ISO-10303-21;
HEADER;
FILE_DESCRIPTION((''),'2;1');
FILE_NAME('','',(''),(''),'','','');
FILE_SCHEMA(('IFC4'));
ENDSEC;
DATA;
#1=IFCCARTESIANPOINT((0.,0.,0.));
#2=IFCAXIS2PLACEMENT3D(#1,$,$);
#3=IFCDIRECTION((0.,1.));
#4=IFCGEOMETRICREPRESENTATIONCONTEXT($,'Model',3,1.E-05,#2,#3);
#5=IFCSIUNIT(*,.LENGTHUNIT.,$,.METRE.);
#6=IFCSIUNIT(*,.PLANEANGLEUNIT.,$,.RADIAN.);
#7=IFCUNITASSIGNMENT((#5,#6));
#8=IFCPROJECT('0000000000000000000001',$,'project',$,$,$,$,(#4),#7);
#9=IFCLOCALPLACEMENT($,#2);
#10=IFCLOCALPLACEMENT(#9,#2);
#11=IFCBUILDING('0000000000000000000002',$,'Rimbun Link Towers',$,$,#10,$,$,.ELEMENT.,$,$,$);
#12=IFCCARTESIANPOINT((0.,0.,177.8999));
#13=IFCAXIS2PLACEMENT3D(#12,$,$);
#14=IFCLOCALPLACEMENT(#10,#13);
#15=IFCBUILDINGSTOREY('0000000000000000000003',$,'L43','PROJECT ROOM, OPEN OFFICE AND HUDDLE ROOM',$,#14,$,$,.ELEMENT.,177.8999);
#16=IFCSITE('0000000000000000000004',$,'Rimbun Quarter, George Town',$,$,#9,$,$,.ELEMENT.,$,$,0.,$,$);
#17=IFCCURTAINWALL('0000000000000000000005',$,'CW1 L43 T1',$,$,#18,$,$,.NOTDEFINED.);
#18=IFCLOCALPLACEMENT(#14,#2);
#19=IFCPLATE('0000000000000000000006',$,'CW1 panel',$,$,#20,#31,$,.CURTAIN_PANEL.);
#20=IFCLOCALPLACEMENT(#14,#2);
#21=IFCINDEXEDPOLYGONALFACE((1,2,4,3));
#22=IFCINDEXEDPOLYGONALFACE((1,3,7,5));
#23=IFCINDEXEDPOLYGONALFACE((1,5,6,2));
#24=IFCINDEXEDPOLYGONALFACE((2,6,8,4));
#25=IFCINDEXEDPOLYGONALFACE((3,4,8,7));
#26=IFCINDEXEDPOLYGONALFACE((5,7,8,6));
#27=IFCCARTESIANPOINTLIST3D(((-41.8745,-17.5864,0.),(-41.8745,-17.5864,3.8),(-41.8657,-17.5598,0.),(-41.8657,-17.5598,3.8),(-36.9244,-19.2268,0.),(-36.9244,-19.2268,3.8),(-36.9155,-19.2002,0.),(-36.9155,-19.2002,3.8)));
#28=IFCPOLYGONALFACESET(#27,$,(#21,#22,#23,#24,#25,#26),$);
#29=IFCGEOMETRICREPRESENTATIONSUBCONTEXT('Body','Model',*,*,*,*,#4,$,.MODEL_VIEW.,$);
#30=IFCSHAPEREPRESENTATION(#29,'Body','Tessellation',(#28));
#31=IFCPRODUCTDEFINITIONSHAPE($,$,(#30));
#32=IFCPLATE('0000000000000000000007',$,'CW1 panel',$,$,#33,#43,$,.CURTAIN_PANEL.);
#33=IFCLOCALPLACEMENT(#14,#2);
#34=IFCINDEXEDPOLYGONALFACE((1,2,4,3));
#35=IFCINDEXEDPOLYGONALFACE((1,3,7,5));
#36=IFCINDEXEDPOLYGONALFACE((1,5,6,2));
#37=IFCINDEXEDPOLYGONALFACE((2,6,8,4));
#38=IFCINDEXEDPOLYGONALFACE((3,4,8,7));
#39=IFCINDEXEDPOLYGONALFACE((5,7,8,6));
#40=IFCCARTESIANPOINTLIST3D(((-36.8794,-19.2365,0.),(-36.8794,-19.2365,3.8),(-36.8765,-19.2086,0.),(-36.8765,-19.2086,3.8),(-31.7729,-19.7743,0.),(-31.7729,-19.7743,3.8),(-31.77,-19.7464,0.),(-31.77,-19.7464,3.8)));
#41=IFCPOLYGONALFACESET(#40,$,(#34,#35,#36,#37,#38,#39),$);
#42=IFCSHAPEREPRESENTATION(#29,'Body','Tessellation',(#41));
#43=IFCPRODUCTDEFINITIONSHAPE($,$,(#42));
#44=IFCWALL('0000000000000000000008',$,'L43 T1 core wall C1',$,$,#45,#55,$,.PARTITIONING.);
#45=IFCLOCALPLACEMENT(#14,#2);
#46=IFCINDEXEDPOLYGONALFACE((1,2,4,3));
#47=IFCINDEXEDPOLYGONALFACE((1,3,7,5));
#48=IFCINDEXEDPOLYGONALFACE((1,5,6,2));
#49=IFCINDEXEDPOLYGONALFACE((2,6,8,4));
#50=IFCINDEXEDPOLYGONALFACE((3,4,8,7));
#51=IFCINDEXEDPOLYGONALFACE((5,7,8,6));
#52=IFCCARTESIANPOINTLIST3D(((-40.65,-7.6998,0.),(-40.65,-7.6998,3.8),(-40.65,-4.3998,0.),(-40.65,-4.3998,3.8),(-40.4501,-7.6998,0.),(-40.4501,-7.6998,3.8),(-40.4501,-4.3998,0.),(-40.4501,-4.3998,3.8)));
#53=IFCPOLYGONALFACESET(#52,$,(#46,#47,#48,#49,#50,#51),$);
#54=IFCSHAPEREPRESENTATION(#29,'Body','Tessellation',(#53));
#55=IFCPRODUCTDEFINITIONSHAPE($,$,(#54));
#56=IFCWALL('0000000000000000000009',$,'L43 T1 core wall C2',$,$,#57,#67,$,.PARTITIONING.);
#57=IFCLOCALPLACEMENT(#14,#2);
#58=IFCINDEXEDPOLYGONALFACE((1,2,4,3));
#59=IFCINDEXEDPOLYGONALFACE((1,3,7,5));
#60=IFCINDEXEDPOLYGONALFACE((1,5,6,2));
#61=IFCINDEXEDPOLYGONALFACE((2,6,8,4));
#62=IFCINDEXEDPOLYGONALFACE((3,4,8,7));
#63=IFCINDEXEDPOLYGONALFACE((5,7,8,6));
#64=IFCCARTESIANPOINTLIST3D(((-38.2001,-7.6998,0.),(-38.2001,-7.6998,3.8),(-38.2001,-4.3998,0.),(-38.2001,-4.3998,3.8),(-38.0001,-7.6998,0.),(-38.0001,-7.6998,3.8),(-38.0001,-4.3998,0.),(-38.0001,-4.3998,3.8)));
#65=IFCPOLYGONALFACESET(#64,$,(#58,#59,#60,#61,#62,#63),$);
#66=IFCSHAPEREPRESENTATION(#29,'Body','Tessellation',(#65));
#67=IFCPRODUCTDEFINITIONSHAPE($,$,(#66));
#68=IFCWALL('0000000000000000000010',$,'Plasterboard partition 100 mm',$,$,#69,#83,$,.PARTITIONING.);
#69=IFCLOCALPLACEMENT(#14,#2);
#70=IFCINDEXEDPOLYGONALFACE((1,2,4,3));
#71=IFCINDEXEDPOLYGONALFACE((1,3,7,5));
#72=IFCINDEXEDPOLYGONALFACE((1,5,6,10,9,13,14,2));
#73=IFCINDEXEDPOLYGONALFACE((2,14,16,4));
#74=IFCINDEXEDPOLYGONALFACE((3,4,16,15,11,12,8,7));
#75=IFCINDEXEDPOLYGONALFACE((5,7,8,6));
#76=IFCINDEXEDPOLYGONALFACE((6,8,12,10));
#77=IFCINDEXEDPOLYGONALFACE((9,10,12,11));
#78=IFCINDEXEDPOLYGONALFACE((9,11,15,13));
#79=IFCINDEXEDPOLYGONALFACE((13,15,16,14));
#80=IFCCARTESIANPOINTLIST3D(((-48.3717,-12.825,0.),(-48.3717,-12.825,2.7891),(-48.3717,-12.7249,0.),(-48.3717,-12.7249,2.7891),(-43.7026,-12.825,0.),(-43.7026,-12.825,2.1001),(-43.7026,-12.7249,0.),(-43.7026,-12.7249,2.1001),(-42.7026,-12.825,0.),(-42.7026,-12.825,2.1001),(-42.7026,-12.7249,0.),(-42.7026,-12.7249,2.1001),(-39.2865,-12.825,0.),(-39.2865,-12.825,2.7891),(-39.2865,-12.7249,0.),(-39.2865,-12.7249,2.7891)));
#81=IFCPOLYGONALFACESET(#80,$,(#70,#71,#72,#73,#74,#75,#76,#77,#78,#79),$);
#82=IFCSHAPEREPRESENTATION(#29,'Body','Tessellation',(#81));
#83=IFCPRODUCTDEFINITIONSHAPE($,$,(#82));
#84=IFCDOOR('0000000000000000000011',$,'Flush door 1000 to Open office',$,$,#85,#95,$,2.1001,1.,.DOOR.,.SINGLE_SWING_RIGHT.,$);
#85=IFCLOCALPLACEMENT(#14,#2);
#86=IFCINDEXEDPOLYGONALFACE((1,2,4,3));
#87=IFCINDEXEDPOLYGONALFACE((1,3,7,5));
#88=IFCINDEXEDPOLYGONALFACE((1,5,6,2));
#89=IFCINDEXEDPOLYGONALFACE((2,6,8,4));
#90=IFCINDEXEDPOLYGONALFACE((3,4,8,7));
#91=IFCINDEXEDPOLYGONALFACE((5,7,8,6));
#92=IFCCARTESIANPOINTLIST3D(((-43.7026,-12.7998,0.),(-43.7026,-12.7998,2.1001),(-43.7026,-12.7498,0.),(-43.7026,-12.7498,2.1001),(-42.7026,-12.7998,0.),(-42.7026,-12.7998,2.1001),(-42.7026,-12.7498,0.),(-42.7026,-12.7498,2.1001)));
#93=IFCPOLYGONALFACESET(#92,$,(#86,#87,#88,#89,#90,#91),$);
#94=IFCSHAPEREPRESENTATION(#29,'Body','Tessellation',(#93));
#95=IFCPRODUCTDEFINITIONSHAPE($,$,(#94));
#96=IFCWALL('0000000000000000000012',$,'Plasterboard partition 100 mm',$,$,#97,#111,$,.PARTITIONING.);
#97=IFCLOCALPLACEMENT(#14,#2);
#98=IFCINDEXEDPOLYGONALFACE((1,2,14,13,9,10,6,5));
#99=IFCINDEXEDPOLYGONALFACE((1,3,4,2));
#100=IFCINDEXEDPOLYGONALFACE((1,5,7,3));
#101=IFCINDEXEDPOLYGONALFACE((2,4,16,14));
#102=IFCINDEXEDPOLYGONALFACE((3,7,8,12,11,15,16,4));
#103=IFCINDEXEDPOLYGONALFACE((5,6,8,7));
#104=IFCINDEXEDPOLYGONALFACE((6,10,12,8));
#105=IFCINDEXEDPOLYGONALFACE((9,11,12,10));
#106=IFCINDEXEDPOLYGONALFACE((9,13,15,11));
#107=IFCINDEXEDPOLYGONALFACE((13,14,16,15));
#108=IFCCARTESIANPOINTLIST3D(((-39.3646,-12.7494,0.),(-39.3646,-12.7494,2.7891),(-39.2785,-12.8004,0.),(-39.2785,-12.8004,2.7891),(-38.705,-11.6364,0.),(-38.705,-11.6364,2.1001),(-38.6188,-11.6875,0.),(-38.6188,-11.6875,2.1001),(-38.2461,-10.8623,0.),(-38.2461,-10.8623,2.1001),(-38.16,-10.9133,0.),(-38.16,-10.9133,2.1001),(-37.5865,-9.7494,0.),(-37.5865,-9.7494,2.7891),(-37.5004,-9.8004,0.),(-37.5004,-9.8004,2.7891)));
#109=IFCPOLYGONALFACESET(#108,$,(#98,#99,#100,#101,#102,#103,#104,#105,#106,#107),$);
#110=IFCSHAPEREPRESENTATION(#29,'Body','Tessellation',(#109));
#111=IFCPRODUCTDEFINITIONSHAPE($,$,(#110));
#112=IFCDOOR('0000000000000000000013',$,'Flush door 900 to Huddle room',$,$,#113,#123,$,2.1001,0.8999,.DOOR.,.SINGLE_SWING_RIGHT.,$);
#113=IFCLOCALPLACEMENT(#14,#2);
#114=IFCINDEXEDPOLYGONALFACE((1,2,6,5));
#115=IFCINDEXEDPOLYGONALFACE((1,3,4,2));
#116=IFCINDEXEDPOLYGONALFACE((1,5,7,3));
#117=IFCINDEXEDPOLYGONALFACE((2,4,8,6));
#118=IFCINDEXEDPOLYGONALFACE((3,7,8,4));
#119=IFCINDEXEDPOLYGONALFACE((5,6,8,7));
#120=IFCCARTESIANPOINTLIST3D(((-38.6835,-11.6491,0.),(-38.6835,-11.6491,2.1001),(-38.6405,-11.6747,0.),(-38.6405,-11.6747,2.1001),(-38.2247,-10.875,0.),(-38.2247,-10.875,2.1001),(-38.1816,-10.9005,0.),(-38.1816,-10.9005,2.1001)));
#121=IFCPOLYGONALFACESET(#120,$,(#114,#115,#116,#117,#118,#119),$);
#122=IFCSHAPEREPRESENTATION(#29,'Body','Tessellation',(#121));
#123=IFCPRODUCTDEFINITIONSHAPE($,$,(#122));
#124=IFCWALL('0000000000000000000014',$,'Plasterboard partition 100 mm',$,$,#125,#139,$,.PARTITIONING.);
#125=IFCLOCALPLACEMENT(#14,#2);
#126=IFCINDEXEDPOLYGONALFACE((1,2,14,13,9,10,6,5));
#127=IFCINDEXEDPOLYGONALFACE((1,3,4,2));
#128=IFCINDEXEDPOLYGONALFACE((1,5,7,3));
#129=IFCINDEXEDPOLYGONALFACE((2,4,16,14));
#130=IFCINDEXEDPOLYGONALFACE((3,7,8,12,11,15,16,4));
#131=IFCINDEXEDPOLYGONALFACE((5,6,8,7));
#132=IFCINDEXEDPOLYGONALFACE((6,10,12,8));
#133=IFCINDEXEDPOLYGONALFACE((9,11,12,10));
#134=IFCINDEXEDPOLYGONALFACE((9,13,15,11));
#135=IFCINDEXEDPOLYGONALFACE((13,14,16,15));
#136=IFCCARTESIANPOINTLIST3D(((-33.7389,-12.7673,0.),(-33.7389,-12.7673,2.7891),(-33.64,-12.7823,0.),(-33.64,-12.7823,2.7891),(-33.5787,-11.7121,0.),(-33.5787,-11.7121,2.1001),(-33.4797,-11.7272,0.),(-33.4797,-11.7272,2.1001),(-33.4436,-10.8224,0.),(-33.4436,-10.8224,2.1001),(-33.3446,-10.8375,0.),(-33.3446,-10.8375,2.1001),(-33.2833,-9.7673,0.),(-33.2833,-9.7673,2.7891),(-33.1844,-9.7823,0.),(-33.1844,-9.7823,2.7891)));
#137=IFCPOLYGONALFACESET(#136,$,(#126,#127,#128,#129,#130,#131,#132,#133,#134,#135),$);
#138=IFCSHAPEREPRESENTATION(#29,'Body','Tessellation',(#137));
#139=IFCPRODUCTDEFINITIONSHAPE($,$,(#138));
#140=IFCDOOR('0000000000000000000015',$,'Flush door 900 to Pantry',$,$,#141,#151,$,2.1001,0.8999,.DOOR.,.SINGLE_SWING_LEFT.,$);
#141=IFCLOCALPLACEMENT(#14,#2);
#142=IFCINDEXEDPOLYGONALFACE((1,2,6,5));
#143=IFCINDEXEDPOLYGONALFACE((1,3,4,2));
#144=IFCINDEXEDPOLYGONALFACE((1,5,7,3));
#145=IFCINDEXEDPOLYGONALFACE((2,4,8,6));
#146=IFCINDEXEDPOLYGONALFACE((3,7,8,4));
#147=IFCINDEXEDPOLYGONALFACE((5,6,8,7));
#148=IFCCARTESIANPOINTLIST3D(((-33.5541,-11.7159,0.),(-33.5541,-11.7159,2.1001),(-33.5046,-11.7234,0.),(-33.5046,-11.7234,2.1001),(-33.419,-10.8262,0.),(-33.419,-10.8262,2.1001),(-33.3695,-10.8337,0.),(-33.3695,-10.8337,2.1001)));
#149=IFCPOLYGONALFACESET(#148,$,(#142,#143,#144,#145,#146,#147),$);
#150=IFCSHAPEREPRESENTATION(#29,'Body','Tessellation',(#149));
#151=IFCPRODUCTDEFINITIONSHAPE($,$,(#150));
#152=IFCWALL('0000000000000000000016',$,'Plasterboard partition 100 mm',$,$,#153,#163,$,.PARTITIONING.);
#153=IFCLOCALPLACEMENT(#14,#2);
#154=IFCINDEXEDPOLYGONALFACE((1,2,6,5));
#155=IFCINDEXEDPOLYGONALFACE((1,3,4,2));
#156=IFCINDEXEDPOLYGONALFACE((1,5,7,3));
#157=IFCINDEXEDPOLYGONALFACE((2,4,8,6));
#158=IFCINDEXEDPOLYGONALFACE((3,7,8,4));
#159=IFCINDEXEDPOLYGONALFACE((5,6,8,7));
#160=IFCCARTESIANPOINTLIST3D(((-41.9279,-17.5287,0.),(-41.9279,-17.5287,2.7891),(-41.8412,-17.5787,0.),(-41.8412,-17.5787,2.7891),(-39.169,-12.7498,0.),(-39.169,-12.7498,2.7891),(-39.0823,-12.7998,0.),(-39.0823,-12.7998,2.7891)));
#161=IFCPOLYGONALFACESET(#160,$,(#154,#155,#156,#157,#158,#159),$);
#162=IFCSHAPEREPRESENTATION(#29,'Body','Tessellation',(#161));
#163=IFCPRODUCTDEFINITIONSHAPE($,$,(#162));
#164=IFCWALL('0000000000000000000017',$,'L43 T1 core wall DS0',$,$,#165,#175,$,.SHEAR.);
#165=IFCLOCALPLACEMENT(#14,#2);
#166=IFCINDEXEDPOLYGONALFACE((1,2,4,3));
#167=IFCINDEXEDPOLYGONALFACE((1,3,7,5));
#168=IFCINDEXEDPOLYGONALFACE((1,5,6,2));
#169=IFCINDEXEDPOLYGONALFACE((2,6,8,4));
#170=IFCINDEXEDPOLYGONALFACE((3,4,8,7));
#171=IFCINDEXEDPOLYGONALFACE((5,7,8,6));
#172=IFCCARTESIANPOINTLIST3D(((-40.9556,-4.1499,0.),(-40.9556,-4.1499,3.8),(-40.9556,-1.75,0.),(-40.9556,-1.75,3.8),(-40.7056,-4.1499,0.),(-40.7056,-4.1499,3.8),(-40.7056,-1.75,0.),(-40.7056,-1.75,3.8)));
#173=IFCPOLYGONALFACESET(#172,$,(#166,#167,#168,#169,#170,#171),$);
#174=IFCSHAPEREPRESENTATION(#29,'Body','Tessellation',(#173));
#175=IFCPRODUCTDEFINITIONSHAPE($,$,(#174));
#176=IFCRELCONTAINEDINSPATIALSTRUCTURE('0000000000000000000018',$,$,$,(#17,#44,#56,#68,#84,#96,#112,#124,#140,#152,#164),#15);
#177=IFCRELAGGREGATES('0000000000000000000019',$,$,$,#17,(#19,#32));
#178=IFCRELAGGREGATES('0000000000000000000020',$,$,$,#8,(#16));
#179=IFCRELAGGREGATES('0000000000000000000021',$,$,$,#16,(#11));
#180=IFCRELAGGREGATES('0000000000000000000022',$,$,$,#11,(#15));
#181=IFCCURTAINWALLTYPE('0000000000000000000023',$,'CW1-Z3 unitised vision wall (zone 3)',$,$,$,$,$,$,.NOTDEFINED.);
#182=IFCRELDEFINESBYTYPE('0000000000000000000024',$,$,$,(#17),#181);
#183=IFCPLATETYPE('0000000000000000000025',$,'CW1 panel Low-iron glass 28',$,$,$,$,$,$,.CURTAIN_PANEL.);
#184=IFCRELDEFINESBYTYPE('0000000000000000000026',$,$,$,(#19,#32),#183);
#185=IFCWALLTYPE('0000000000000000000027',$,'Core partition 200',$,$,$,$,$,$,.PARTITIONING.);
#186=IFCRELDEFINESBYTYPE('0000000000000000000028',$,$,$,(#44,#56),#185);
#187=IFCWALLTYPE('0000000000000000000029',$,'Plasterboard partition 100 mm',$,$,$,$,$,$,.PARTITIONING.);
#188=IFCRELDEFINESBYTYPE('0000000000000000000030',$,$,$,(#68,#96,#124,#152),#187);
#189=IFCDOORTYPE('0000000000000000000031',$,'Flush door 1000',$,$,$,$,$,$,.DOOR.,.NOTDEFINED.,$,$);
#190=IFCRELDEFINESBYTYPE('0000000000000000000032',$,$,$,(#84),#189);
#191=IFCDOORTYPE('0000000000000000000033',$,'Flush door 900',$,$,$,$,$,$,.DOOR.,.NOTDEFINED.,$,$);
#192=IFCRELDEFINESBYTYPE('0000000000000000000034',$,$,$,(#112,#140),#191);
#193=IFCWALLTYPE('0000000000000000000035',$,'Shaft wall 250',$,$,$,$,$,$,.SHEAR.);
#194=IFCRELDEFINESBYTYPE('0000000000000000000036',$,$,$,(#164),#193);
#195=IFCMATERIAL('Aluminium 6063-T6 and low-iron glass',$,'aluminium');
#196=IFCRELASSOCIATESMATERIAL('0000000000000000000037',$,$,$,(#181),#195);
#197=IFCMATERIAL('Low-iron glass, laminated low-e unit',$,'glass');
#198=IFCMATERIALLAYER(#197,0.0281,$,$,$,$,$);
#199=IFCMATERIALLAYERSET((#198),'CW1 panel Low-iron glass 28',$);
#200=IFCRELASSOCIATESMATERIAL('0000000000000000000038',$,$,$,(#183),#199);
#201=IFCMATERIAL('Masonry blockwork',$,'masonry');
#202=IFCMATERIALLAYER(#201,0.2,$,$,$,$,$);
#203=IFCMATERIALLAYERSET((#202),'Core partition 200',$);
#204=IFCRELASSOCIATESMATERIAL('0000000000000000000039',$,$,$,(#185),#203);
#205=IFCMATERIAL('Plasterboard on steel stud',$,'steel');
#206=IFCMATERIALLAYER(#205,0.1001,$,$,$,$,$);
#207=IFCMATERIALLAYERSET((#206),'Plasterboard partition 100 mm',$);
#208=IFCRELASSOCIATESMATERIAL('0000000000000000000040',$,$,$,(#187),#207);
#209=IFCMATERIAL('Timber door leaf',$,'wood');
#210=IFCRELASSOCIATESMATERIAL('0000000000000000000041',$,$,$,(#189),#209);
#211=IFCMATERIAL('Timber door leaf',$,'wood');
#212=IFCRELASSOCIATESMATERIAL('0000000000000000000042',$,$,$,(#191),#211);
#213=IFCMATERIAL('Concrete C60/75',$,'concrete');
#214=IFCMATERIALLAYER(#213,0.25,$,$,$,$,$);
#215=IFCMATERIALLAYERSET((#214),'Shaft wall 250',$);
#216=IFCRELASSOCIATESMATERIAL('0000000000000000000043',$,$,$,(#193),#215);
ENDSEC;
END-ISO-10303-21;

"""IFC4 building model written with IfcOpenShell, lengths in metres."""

from ifc_helpers import new_model, si_unit, direction, frame, frame_2d, origin, origin_2d, place, context, subcontext, project, spatial, rectangle, extrude, material, layer, layer_set, type_object, element, fill, aggregate, save


model = new_model("IFC4")

# Units and contexts
model_context = context("Model", 3, precision=1e-05, world=origin(), true_north=direction((0.0, 1.0)))
body_context = subcontext(model_context, "Body", "Model", "MODEL_VIEW")
ifc_project = project(units=[si_unit("LENGTHUNIT", "METRE"), si_unit("PLANEANGLEUNIT", "RADIAN")], contexts=[model_context])

# Site, building, storey
site_placement = place(None, origin())
site = spatial("IfcSite", under=ifc_project, at=site_placement, Name="Rimbun Quarter, George Town", CompositionType="ELEMENT", RefElevation=0.0)
building_placement = place(site_placement, origin())
building = spatial("IfcBuilding", under=site, at=building_placement, Name="Rimbun Link Towers", CompositionType="ELEMENT")
storey_placement = place(building_placement, frame((0.0, 0.0, 177.8999)))
storey = spatial("IfcBuildingStorey", under=building, at=storey_placement, Name="L43", Description="PROJECT ROOM, OPEN OFFICE AND HUDDLE ROOM", CompositionType="ELEMENT", Elevation=177.8999)

# Curtain wall
ifc_material_1 = material(Name="Aluminium 6063-T6 and low-iron glass", Category="aluminium")
curtain_wall_type = type_object("IfcCurtainWallType", Name="CW1-Z3 unitised vision wall (zone 3)", PredefinedType="NOTDEFINED", material=ifc_material_1)
curtain_wall_placement = place(storey_placement, origin())
curtain_wall = element("IfcCurtainWall", 1, at=curtain_wall_placement, inside=storey, type_object=curtain_wall_type, Name="CW1 L43 T1", PredefinedType="NOTDEFINED")

# Plates
ifc_material_2 = material(Name="Low-iron glass, laminated low-e unit", Category="glass")
ifc_layer_1 = layer(ifc_material_2, 0.0281)
ifc_layer_set_1 = layer_set([ifc_layer_1], Name="CW1 panel Low-iron glass 28")
plate_type = type_object("IfcPlateType", Name="CW1 panel Low-iron glass 28", PredefinedType="CURTAIN_PANEL", material=ifc_layer_set_1)
plate_1_placement = place(storey_placement, frame((-39.395, -18.3933, 0.0), z_axis=(0.0, 0.0, 1.0), x_axis=(-0.949237, 0.31456, 0.0)))
plate_1 = element("IfcPlate", 2, at=plate_1_placement, type_object=plate_type, Name="CW1 panel", PredefinedType="CURTAIN_PANEL", context=body_context, shape_type="SweptSolid", body=[
    extrude(rectangle(XDim=5.2148, YDim=0.0281, at=origin_2d()), origin(), (0.0, 0.0, 1.0), 3.8),
])
plate_2_placement = place(storey_placement, frame((-34.3247, -19.4915, 0.0), z_axis=(0.0, 0.0, 1.0), x_axis=(-0.9945, 0.104737, 0.0)))
plate_2 = element("IfcPlate", 3, at=plate_2_placement, type_object=plate_type, Name="CW1 panel", PredefinedType="CURTAIN_PANEL", context=body_context, shape_type="SweptSolid", body=[
    extrude(rectangle(XDim=5.1348, YDim=0.0281, at=origin_2d()), origin(), (0.0, 0.0, 1.0), 3.8),
])
aggregate(curtain_wall, [plate_1, plate_2])

# Walls
ifc_material_3 = material(Name="Masonry blockwork", Category="masonry")
ifc_layer_2 = layer(ifc_material_3, 0.2)
ifc_layer_set_2 = layer_set([ifc_layer_2], Name="Core partition 200")
wall_type_1 = type_object("IfcWallType", Name="Core partition 200", PredefinedType="PARTITIONING", material=ifc_layer_set_2)
for number, where, z_axis, x_axis, name in (
    (4, (-40.55, -4.3999, 0.0), (0.0, 0.0, 1.0), (0.0, -1.0, 0.0), "L43 T1 core wall C1"),
    (5, (-38.1001, -4.3999, 0.0), (0.0, 0.0, 1.0), (0.0, -1.0, 0.0), "L43 T1 core wall C2"),
):
    element("IfcWall", number, at=place(storey_placement, frame(where, z_axis=z_axis, x_axis=x_axis)), inside=storey, type_object=wall_type_1, Name=name, PredefinedType="PARTITIONING", context=body_context, shape_type="SweptSolid", body=[
        extrude(rectangle(XDim=3.3, YDim=0.2, at=frame_2d((1.6499, 0.0))), origin(), (0.0, 0.0, 1.0), 3.8),
    ])

# Walls, openings, doors
ifc_material_4 = material(Name="Plasterboard on steel stud", Category="steel")
ifc_layer_3 = layer(ifc_material_4, 0.1001)
ifc_layer_set_3 = layer_set([ifc_layer_3], Name="Plasterboard partition 100 mm")
wall_type_2 = type_object("IfcWallType", Name="Plasterboard partition 100 mm", PredefinedType="PARTITIONING", material=ifc_layer_set_3)
wall_1_placement = place(storey_placement, frame((-39.2866, -12.7749, 0.0), z_axis=(0.0, 0.0, 1.0), x_axis=(-1.0, 0.0, 0.0)))
wall_1 = element("IfcWall", 6, at=wall_1_placement, inside=storey, type_object=wall_type_2, Name="Plasterboard partition 100 mm", PredefinedType="PARTITIONING", context=body_context, shape_type="SweptSolid", body=[
    extrude(rectangle(XDim=9.0852, YDim=0.1001, at=frame_2d((4.5425, 0.0))), origin(), (0.0, 0.0, 1.0), 2.7891),
])
opening_1_placement = place(wall_1_placement, frame((3.416, 0.0, 0.0)))
opening_1 = element("IfcOpeningElement", 7, at=opening_1_placement, cuts=wall_1, PredefinedType="OPENING", context=body_context, shape_type="SweptSolid", body=[
    extrude(rectangle(XDim=1.0, YDim=2.1001, at=frame_2d((0.5, 1.05))), frame((0.0, 0.0601, 0.0), z_axis=(0.0, -1.0, 0.0), x_axis=(1.0, 0.0, 0.0)), (0.0, 0.0, 1.0), 0.1201),
])
ifc_material_5 = material(Name="Timber door leaf", Category="wood")
door_type_1 = type_object("IfcDoorType", Name="Flush door 1000", OperationType="NOTDEFINED", PredefinedType="DOOR", material=ifc_material_5)
door_1_placement = place(opening_1_placement, origin())
door_1 = element("IfcDoor", 8, at=door_1_placement, inside=storey, type_object=door_type_1, Name="Flush door 1000 to Open office", OperationType="SINGLE_SWING_RIGHT", OverallHeight=2.1001, OverallWidth=1.0, PredefinedType="DOOR", context=body_context, shape_type="SweptSolid", body=[
    extrude(rectangle(XDim=1.0, YDim=2.1001, at=frame_2d((0.5, 1.05))), frame((0.0, 0.0249, 0.0), z_axis=(0.0, -1.0, 0.0), x_axis=(1.0, 0.0, 0.0)), (0.0, 0.0, 1.0), 0.05),
])
fill(opening_1, door_1)
wall_2_placement = place(storey_placement, frame((-37.5435, -9.7749, 0.0), z_axis=(0.0, 0.0, 1.0), x_axis=(-0.509866, -0.860254, 0.0)))
wall_2 = element("IfcWall", 9, at=wall_2_placement, inside=storey, type_object=wall_type_2, Name="Plasterboard partition 100 mm", PredefinedType="PARTITIONING", context=body_context, shape_type="SweptSolid", body=[
    extrude(rectangle(XDim=3.4873, YDim=0.1001, at=frame_2d((1.7437, 0.0))), origin(), (0.0, 0.0, 1.0), 2.7891),
])
opening_2_placement = place(wall_2_placement, frame((1.2937, 0.0, 0.0)))
opening_2 = element("IfcOpeningElement", 10, at=opening_2_placement, cuts=wall_2, PredefinedType="OPENING", context=body_context, shape_type="SweptSolid", body=[
    extrude(rectangle(XDim=0.8999, YDim=2.1001, at=frame_2d((0.45, 1.05))), frame((0.0, 0.0601, 0.0), z_axis=(0.0, -1.0, 0.0), x_axis=(1.0, 0.0, 0.0)), (0.0, 0.0, 1.0), 0.1201),
])
ifc_material_6 = material(Name="Timber door leaf", Category="wood")
door_type_2 = type_object("IfcDoorType", Name="Flush door 900", OperationType="NOTDEFINED", PredefinedType="DOOR", material=ifc_material_6)
door_2_placement = place(opening_2_placement, origin())
door_2 = element("IfcDoor", 11, at=door_2_placement, inside=storey, type_object=door_type_2, Name="Flush door 900 to Huddle room", OperationType="SINGLE_SWING_RIGHT", OverallHeight=2.1001, OverallWidth=0.8999, PredefinedType="DOOR", context=body_context, shape_type="SweptSolid", body=[
    extrude(rectangle(XDim=0.8999, YDim=2.1001, at=frame_2d((0.45, 1.05))), frame((0.0, 0.0249, 0.0), z_axis=(0.0, -1.0, 0.0), x_axis=(1.0, 0.0, 0.0)), (0.0, 0.0, 1.0), 0.05),
])
fill(opening_2, door_2)
wall_3_placement = place(storey_placement, frame((-33.2339, -9.7749, 0.0), z_axis=(0.0, 0.0, 1.0), x_axis=(-0.150134, -0.988666, 0.0)))
wall_3 = element("IfcWall", 12, at=wall_3_placement, inside=storey, type_object=wall_type_2, Name="Plasterboard partition 100 mm", PredefinedType="PARTITIONING", context=body_context, shape_type="SweptSolid", body=[
    extrude(rectangle(XDim=3.0344, YDim=0.1001, at=frame_2d((1.5171, 0.0))), origin(), (0.0, 0.0, 1.0), 2.7891),
])
opening_3_placement = place(wall_3_placement, frame((1.0671, 0.0, 0.0)))
opening_3 = element("IfcOpeningElement", 13, at=opening_3_placement, cuts=wall_3, PredefinedType="OPENING", context=body_context, shape_type="SweptSolid", body=[
    extrude(rectangle(XDim=0.8999, YDim=2.1001, at=frame_2d((0.45, 1.05))), frame((0.0, 0.0601, 0.0), z_axis=(0.0, -1.0, 0.0), x_axis=(1.0, 0.0, 0.0)), (0.0, 0.0, 1.0), 0.1201),
])
door_3_placement = place(opening_3_placement, origin())
door_3 = element("IfcDoor", 14, at=door_3_placement, inside=storey, type_object=door_type_2, Name="Flush door 900 to Pantry", OperationType="SINGLE_SWING_LEFT", OverallHeight=2.1001, OverallWidth=0.8999, PredefinedType="DOOR", context=body_context, shape_type="SweptSolid", body=[
    extrude(rectangle(XDim=0.8999, YDim=2.1001, at=frame_2d((0.45, 1.05))), frame((0.0, 0.0249, 0.0), z_axis=(0.0, -1.0, 0.0), x_axis=(1.0, 0.0, 0.0)), (0.0, 0.0, 1.0), 0.05),
])
fill(opening_3, door_3)

# Walls
wall_4_placement = place(storey_placement, frame((-41.8845, -17.5537, 0.0), z_axis=(0.0, 0.0, 1.0), x_axis=(0.499965, 0.866046, 0.0)))
element("IfcWall", 15, at=wall_4_placement, inside=storey, type_object=wall_type_2, Name="Plasterboard partition 100 mm", PredefinedType="PARTITIONING", context=body_context, shape_type="SweptSolid", body=[
    extrude(rectangle(XDim=5.5181, YDim=0.1001, at=frame_2d((2.759, 0.0))), origin(), (0.0, 0.0, 1.0), 2.7891),
])
ifc_material_7 = material(Name="Concrete C60/75", Category="concrete")
ifc_layer_4 = layer(ifc_material_7, 0.25)
ifc_layer_set_4 = layer_set([ifc_layer_4], Name="Shaft wall 250")
wall_type_3 = type_object("IfcWallType", Name="Shaft wall 250", PredefinedType="SHEAR", material=ifc_layer_set_4)
for number, where, z_axis, x_axis, name in (
    (16, (-40.8306, -4.1499, 0.0), (0.0, 0.0, 1.0), (0.0, 1.0, 0.0), "L43 T1 core wall DS0"),
):
    element("IfcWall", number, at=place(storey_placement, frame(where, z_axis=z_axis, x_axis=x_axis)), inside=storey, type_object=wall_type_3, Name=name, PredefinedType="SHEAR", context=body_context, shape_type="SweptSolid", body=[
        extrude(rectangle(XDim=2.3999, YDim=0.25, at=frame_2d((1.2, 0.0))), origin(), (0.0, 0.0, 1.0), 3.8),
    ])

save(model, "model.ifc")
